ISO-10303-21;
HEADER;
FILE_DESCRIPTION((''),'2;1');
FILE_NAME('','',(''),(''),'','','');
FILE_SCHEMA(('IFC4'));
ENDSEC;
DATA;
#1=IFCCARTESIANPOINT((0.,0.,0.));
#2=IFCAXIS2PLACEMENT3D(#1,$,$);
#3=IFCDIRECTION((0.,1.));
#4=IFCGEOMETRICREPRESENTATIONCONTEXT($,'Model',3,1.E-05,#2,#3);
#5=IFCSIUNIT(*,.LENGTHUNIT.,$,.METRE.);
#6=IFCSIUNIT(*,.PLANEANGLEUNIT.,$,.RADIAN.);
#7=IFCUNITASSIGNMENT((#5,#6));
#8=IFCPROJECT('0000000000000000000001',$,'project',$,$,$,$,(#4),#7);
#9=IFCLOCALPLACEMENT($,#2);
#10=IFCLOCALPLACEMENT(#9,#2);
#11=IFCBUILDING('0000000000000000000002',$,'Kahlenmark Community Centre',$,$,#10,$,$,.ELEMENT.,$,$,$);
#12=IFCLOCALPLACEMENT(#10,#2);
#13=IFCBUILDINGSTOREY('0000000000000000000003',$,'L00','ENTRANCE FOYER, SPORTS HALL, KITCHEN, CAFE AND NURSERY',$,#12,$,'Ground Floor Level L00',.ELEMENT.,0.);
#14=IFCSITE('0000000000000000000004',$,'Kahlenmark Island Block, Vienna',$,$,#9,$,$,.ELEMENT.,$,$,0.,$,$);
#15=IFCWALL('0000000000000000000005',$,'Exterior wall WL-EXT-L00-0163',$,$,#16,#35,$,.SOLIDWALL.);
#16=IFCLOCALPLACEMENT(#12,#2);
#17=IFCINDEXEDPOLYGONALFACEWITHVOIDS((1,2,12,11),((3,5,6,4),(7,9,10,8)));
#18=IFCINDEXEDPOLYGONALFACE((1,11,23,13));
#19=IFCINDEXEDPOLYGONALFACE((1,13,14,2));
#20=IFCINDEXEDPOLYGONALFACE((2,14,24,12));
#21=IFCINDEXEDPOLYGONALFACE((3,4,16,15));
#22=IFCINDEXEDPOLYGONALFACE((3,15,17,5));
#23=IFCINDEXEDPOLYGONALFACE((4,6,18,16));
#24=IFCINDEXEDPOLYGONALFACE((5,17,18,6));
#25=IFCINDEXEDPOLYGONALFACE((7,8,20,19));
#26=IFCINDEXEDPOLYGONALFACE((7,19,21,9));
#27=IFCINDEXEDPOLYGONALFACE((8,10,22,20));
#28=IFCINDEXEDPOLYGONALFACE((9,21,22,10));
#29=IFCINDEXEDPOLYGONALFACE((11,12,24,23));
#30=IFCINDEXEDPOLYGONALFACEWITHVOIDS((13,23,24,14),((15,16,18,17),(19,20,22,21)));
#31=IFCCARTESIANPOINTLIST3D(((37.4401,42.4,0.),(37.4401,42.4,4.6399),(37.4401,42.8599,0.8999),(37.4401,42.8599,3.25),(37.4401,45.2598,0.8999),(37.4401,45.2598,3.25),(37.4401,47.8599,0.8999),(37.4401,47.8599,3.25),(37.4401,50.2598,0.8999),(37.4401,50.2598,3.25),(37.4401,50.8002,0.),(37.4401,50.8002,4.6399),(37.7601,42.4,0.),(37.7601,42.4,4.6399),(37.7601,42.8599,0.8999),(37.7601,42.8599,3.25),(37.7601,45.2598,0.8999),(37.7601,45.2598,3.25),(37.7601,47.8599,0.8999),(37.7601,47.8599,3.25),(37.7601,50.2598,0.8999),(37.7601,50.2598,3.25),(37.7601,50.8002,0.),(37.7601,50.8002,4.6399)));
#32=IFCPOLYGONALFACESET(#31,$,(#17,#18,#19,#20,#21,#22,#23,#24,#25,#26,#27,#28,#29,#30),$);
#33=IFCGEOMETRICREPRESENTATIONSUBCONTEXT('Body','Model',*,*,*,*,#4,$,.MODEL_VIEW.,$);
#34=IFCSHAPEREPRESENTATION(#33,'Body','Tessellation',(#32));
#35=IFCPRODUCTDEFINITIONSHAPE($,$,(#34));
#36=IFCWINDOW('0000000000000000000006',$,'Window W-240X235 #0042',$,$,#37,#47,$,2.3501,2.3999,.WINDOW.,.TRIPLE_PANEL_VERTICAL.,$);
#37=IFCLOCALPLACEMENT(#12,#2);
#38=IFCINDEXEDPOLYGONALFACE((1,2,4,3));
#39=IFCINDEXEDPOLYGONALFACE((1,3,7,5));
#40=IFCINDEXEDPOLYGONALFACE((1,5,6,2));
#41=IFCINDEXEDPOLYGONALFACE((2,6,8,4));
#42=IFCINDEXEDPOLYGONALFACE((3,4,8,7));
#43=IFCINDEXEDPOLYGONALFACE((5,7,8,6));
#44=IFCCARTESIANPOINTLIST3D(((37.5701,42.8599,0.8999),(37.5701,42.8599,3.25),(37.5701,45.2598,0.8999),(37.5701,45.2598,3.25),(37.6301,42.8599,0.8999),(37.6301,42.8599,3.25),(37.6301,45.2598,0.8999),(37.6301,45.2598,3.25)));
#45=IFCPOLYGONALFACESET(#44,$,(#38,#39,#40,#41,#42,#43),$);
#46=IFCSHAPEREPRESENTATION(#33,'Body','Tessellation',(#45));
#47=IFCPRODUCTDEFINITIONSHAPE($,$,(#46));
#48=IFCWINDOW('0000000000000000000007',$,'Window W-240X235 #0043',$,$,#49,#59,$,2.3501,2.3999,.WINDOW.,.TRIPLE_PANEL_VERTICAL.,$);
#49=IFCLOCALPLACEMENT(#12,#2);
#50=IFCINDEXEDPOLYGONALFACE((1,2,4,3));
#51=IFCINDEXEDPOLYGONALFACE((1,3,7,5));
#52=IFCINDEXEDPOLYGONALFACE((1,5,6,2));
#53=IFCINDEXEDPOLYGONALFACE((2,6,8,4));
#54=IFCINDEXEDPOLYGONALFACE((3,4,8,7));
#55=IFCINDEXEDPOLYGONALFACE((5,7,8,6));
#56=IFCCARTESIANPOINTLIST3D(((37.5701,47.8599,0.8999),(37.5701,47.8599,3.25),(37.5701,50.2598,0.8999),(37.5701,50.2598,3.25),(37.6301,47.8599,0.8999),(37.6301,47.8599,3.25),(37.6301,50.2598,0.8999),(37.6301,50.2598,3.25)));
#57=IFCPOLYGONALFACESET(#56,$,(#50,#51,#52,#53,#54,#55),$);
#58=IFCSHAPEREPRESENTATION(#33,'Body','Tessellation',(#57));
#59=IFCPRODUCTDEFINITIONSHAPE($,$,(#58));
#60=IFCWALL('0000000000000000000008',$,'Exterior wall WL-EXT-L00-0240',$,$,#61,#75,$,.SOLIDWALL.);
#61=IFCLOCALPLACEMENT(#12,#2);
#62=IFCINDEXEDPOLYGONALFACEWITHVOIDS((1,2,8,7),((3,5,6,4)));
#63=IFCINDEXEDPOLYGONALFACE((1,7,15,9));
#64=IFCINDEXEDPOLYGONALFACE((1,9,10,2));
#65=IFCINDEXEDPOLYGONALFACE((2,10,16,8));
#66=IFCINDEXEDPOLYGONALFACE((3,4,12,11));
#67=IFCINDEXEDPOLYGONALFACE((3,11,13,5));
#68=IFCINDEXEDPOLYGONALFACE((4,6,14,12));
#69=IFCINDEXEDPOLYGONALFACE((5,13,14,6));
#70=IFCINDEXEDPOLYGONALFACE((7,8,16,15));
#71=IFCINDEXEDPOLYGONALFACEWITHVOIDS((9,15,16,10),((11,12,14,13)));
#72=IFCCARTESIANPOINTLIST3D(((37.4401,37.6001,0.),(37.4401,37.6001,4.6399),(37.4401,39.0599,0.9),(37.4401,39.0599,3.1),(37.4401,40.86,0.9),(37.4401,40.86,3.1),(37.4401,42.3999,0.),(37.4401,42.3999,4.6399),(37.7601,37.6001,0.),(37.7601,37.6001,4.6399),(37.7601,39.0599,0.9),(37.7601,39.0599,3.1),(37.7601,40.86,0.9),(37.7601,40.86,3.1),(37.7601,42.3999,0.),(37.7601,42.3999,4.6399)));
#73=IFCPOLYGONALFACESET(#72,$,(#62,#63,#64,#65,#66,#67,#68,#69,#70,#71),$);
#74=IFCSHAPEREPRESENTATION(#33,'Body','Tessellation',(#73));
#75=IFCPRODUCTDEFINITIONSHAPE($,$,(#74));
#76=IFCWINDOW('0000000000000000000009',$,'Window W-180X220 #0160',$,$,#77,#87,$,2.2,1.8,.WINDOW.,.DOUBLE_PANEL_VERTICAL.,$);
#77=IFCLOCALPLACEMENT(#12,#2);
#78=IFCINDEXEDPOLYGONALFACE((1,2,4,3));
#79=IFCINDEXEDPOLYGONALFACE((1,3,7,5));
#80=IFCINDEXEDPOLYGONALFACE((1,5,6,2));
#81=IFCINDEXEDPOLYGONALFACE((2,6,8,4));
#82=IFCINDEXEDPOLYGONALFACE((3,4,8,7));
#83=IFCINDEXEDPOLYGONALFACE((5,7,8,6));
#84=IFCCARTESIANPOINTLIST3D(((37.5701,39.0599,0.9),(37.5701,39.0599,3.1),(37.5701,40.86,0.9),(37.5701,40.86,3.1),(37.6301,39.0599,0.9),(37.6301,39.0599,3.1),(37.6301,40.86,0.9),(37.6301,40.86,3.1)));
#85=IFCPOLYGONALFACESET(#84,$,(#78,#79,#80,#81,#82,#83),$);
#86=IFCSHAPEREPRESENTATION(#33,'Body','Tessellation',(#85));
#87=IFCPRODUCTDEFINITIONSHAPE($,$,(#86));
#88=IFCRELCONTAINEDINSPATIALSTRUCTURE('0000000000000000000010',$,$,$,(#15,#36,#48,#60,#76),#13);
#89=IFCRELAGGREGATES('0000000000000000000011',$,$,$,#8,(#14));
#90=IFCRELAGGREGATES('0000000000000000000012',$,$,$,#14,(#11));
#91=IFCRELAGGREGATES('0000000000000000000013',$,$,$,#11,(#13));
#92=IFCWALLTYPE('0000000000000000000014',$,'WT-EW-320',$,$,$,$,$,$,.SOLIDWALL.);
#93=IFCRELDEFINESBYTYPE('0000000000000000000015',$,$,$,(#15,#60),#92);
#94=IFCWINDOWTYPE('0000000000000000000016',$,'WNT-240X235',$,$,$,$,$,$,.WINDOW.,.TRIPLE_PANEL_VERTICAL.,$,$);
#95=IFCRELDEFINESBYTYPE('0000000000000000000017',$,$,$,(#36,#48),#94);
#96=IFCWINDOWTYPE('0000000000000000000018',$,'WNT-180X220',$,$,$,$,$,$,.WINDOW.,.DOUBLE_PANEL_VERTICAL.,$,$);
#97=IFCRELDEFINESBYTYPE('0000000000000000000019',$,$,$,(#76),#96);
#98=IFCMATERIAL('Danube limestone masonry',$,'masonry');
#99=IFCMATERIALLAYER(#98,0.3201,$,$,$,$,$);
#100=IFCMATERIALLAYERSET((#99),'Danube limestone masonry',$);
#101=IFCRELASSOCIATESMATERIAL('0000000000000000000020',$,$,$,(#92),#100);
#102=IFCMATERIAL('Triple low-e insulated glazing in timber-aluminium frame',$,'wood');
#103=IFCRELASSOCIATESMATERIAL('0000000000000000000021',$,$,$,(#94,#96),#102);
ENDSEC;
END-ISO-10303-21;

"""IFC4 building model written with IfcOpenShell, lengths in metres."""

from ifc_helpers import new_model, si_unit, direction, frame, frame_2d, origin, place, context, subcontext, project, spatial, rectangle, extrude, material, layer, layer_set, type_object, element, fill, save


model = new_model("IFC4")

# Units and contexts
model_context = context("Model", 3, precision=1e-05, world=origin(), true_north=direction((0.0, 1.0)))
body_context = subcontext(model_context, "Body", "Model", "MODEL_VIEW")
ifc_project = project(units=[si_unit("LENGTHUNIT", "METRE"), si_unit("PLANEANGLEUNIT", "RADIAN")], contexts=[model_context])

# Site, building, storey
site_placement = place(None, origin())
site = spatial("IfcSite", under=ifc_project, at=site_placement, Name="Kahlenmark Island Block, Vienna", CompositionType="ELEMENT", RefElevation=0.0)
building_placement = place(site_placement, origin())
building = spatial("IfcBuilding", under=site, at=building_placement, Name="Kahlenmark Community Centre", CompositionType="ELEMENT")
storey_placement = place(building_placement, origin())
storey = spatial("IfcBuildingStorey", under=building, at=storey_placement, Name="L00", Description="ENTRANCE FOYER, SPORTS HALL, KITCHEN, CAFE AND NURSERY", LongName="Ground Floor Level L00", CompositionType="ELEMENT", Elevation=0.0)

# Wall, openings, windows
ifc_material_1 = material(Name="Danube limestone masonry", Category="masonry")
ifc_layer = layer(ifc_material_1, 0.3201)
ifc_layer_set = layer_set([ifc_layer], Name="Danube limestone masonry")
wall_type = type_object("IfcWallType", Name="WT-EW-320", PredefinedType="SOLIDWALL", material=ifc_layer_set)
ifc_material_2 = material(Name="Triple low-e insulated glazing in timber-aluminium frame", Category="wood")
window_type_1 = type_object("IfcWindowType", Name="WNT-240X235", PartitioningType="TRIPLE_PANEL_VERTICAL", PredefinedType="WINDOW", material=ifc_material_2)
wall_1_placement = place(storey_placement, frame((37.6001, 42.3999, 0.0), z_axis=(0.0, 0.0, 1.0), x_axis=(0.0, 1.0, 0.0)))
wall_1 = element("IfcWall", 1, at=wall_1_placement, inside=storey, type_object=wall_type, Name="Exterior wall WL-EXT-L00-0163", PredefinedType="SOLIDWALL", context=body_context, shape_type="SweptSolid", body=[
    extrude(rectangle(XDim=8.4001, YDim=0.3201, at=frame_2d((4.2002, 0.0))), origin(), (0.0, 0.0, 1.0), 4.6399),
])
opening_1_placement = place(wall_1_placement, frame((0.46, 0.0, 0.8999)))
opening_1 = element("IfcOpeningElement", 2, at=opening_1_placement, cuts=wall_1, PredefinedType="OPENING", context=body_context, shape_type="SweptSolid", body=[
    extrude(rectangle(XDim=2.3999, YDim=2.3501, at=frame_2d((1.2, 1.175))), frame((0.0, 0.1699, 0.0), z_axis=(0.0, -1.0, 0.0), x_axis=(1.0, 0.0, 0.0)), (0.0, 0.0, 1.0), 0.3401),
])
opening_2_placement = place(wall_1_placement, frame((5.46, 0.0, 0.8999)))
opening_2 = element("IfcOpeningElement", 3, at=opening_2_placement, cuts=wall_1, PredefinedType="OPENING", context=body_context, shape_type="SweptSolid", body=[
    extrude(rectangle(XDim=2.3999, YDim=2.3501, at=frame_2d((1.2, 1.175))), frame((0.0, 0.1699, 0.0), z_axis=(0.0, -1.0, 0.0), x_axis=(1.0, 0.0, 0.0)), (0.0, 0.0, 1.0), 0.3401),
])
window_1_placement = place(opening_1_placement, origin())
window_1 = element("IfcWindow", 4, at=window_1_placement, inside=storey, type_object=window_type_1, Name="Window W-240X235 #0042", OverallHeight=2.3501, OverallWidth=2.3999, PartitioningType="TRIPLE_PANEL_VERTICAL", PredefinedType="WINDOW", context=body_context, shape_type="SweptSolid", body=[
    extrude(rectangle(XDim=2.3999, YDim=2.3501, at=frame_2d((1.2, 1.175))), frame((0.0, 0.03, 0.0), z_axis=(0.0, -1.0, 0.0), x_axis=(1.0, 0.0, 0.0)), (0.0, 0.0, 1.0), 0.0601),
])
fill(opening_1, window_1)
window_2_placement = place(opening_2_placement, origin())
window_2 = element("IfcWindow", 5, at=window_2_placement, inside=storey, type_object=window_type_1, Name="Window W-240X235 #0043", OverallHeight=2.3501, OverallWidth=2.3999, PartitioningType="TRIPLE_PANEL_VERTICAL", PredefinedType="WINDOW", context=body_context, shape_type="SweptSolid", body=[
    extrude(rectangle(XDim=2.3999, YDim=2.3501, at=frame_2d((1.2, 1.175))), frame((0.0, 0.03, 0.0), z_axis=(0.0, -1.0, 0.0), x_axis=(1.0, 0.0, 0.0)), (0.0, 0.0, 1.0), 0.0601),
])
fill(opening_2, window_2)

# Wall, opening, window
wall_2_placement = place(storey_placement, frame((37.6001, 37.6001, 0.0), z_axis=(0.0, 0.0, 1.0), x_axis=(0.0, 1.0, 0.0)))
wall_2 = element("IfcWall", 6, at=wall_2_placement, inside=storey, type_object=wall_type, Name="Exterior wall WL-EXT-L00-0240", PredefinedType="SOLIDWALL", context=body_context, shape_type="SweptSolid", body=[
    extrude(rectangle(XDim=4.7998, YDim=0.3201, at=frame_2d((2.3999, 0.0))), origin(), (0.0, 0.0, 1.0), 4.6399),
])
opening_3_placement = place(wall_2_placement, frame((1.46, 0.0, 0.8999)))
opening_3 = element("IfcOpeningElement", 7, at=opening_3_placement, cuts=wall_2, PredefinedType="OPENING", context=body_context, shape_type="SweptSolid", body=[
    extrude(rectangle(XDim=1.8, YDim=2.2, at=frame_2d((0.8999, 1.1001))), frame((0.0, 0.1699, 0.0), z_axis=(0.0, -1.0, 0.0), x_axis=(1.0, 0.0, 0.0)), (0.0, 0.0, 1.0), 0.3401),
])
window_type_2 = type_object("IfcWindowType", Name="WNT-180X220", PartitioningType="DOUBLE_PANEL_VERTICAL", PredefinedType="WINDOW", material=ifc_material_2)
window_3_placement = place(opening_3_placement, origin())
window_3 = element("IfcWindow", 8, at=window_3_placement, inside=storey, type_object=window_type_2, Name="Window W-180X220 #0160", OverallHeight=2.2, OverallWidth=1.8, PartitioningType="DOUBLE_PANEL_VERTICAL", PredefinedType="WINDOW", context=body_context, shape_type="SweptSolid", body=[
    extrude(rectangle(XDim=1.8, YDim=2.2, at=frame_2d((0.8999, 1.1001))), frame((0.0, 0.03, 0.0), z_axis=(0.0, -1.0, 0.0), x_axis=(1.0, 0.0, 0.0)), (0.0, 0.0, 1.0), 0.0601),
])
fill(opening_3, window_3)

save(model, "model.ifc")
